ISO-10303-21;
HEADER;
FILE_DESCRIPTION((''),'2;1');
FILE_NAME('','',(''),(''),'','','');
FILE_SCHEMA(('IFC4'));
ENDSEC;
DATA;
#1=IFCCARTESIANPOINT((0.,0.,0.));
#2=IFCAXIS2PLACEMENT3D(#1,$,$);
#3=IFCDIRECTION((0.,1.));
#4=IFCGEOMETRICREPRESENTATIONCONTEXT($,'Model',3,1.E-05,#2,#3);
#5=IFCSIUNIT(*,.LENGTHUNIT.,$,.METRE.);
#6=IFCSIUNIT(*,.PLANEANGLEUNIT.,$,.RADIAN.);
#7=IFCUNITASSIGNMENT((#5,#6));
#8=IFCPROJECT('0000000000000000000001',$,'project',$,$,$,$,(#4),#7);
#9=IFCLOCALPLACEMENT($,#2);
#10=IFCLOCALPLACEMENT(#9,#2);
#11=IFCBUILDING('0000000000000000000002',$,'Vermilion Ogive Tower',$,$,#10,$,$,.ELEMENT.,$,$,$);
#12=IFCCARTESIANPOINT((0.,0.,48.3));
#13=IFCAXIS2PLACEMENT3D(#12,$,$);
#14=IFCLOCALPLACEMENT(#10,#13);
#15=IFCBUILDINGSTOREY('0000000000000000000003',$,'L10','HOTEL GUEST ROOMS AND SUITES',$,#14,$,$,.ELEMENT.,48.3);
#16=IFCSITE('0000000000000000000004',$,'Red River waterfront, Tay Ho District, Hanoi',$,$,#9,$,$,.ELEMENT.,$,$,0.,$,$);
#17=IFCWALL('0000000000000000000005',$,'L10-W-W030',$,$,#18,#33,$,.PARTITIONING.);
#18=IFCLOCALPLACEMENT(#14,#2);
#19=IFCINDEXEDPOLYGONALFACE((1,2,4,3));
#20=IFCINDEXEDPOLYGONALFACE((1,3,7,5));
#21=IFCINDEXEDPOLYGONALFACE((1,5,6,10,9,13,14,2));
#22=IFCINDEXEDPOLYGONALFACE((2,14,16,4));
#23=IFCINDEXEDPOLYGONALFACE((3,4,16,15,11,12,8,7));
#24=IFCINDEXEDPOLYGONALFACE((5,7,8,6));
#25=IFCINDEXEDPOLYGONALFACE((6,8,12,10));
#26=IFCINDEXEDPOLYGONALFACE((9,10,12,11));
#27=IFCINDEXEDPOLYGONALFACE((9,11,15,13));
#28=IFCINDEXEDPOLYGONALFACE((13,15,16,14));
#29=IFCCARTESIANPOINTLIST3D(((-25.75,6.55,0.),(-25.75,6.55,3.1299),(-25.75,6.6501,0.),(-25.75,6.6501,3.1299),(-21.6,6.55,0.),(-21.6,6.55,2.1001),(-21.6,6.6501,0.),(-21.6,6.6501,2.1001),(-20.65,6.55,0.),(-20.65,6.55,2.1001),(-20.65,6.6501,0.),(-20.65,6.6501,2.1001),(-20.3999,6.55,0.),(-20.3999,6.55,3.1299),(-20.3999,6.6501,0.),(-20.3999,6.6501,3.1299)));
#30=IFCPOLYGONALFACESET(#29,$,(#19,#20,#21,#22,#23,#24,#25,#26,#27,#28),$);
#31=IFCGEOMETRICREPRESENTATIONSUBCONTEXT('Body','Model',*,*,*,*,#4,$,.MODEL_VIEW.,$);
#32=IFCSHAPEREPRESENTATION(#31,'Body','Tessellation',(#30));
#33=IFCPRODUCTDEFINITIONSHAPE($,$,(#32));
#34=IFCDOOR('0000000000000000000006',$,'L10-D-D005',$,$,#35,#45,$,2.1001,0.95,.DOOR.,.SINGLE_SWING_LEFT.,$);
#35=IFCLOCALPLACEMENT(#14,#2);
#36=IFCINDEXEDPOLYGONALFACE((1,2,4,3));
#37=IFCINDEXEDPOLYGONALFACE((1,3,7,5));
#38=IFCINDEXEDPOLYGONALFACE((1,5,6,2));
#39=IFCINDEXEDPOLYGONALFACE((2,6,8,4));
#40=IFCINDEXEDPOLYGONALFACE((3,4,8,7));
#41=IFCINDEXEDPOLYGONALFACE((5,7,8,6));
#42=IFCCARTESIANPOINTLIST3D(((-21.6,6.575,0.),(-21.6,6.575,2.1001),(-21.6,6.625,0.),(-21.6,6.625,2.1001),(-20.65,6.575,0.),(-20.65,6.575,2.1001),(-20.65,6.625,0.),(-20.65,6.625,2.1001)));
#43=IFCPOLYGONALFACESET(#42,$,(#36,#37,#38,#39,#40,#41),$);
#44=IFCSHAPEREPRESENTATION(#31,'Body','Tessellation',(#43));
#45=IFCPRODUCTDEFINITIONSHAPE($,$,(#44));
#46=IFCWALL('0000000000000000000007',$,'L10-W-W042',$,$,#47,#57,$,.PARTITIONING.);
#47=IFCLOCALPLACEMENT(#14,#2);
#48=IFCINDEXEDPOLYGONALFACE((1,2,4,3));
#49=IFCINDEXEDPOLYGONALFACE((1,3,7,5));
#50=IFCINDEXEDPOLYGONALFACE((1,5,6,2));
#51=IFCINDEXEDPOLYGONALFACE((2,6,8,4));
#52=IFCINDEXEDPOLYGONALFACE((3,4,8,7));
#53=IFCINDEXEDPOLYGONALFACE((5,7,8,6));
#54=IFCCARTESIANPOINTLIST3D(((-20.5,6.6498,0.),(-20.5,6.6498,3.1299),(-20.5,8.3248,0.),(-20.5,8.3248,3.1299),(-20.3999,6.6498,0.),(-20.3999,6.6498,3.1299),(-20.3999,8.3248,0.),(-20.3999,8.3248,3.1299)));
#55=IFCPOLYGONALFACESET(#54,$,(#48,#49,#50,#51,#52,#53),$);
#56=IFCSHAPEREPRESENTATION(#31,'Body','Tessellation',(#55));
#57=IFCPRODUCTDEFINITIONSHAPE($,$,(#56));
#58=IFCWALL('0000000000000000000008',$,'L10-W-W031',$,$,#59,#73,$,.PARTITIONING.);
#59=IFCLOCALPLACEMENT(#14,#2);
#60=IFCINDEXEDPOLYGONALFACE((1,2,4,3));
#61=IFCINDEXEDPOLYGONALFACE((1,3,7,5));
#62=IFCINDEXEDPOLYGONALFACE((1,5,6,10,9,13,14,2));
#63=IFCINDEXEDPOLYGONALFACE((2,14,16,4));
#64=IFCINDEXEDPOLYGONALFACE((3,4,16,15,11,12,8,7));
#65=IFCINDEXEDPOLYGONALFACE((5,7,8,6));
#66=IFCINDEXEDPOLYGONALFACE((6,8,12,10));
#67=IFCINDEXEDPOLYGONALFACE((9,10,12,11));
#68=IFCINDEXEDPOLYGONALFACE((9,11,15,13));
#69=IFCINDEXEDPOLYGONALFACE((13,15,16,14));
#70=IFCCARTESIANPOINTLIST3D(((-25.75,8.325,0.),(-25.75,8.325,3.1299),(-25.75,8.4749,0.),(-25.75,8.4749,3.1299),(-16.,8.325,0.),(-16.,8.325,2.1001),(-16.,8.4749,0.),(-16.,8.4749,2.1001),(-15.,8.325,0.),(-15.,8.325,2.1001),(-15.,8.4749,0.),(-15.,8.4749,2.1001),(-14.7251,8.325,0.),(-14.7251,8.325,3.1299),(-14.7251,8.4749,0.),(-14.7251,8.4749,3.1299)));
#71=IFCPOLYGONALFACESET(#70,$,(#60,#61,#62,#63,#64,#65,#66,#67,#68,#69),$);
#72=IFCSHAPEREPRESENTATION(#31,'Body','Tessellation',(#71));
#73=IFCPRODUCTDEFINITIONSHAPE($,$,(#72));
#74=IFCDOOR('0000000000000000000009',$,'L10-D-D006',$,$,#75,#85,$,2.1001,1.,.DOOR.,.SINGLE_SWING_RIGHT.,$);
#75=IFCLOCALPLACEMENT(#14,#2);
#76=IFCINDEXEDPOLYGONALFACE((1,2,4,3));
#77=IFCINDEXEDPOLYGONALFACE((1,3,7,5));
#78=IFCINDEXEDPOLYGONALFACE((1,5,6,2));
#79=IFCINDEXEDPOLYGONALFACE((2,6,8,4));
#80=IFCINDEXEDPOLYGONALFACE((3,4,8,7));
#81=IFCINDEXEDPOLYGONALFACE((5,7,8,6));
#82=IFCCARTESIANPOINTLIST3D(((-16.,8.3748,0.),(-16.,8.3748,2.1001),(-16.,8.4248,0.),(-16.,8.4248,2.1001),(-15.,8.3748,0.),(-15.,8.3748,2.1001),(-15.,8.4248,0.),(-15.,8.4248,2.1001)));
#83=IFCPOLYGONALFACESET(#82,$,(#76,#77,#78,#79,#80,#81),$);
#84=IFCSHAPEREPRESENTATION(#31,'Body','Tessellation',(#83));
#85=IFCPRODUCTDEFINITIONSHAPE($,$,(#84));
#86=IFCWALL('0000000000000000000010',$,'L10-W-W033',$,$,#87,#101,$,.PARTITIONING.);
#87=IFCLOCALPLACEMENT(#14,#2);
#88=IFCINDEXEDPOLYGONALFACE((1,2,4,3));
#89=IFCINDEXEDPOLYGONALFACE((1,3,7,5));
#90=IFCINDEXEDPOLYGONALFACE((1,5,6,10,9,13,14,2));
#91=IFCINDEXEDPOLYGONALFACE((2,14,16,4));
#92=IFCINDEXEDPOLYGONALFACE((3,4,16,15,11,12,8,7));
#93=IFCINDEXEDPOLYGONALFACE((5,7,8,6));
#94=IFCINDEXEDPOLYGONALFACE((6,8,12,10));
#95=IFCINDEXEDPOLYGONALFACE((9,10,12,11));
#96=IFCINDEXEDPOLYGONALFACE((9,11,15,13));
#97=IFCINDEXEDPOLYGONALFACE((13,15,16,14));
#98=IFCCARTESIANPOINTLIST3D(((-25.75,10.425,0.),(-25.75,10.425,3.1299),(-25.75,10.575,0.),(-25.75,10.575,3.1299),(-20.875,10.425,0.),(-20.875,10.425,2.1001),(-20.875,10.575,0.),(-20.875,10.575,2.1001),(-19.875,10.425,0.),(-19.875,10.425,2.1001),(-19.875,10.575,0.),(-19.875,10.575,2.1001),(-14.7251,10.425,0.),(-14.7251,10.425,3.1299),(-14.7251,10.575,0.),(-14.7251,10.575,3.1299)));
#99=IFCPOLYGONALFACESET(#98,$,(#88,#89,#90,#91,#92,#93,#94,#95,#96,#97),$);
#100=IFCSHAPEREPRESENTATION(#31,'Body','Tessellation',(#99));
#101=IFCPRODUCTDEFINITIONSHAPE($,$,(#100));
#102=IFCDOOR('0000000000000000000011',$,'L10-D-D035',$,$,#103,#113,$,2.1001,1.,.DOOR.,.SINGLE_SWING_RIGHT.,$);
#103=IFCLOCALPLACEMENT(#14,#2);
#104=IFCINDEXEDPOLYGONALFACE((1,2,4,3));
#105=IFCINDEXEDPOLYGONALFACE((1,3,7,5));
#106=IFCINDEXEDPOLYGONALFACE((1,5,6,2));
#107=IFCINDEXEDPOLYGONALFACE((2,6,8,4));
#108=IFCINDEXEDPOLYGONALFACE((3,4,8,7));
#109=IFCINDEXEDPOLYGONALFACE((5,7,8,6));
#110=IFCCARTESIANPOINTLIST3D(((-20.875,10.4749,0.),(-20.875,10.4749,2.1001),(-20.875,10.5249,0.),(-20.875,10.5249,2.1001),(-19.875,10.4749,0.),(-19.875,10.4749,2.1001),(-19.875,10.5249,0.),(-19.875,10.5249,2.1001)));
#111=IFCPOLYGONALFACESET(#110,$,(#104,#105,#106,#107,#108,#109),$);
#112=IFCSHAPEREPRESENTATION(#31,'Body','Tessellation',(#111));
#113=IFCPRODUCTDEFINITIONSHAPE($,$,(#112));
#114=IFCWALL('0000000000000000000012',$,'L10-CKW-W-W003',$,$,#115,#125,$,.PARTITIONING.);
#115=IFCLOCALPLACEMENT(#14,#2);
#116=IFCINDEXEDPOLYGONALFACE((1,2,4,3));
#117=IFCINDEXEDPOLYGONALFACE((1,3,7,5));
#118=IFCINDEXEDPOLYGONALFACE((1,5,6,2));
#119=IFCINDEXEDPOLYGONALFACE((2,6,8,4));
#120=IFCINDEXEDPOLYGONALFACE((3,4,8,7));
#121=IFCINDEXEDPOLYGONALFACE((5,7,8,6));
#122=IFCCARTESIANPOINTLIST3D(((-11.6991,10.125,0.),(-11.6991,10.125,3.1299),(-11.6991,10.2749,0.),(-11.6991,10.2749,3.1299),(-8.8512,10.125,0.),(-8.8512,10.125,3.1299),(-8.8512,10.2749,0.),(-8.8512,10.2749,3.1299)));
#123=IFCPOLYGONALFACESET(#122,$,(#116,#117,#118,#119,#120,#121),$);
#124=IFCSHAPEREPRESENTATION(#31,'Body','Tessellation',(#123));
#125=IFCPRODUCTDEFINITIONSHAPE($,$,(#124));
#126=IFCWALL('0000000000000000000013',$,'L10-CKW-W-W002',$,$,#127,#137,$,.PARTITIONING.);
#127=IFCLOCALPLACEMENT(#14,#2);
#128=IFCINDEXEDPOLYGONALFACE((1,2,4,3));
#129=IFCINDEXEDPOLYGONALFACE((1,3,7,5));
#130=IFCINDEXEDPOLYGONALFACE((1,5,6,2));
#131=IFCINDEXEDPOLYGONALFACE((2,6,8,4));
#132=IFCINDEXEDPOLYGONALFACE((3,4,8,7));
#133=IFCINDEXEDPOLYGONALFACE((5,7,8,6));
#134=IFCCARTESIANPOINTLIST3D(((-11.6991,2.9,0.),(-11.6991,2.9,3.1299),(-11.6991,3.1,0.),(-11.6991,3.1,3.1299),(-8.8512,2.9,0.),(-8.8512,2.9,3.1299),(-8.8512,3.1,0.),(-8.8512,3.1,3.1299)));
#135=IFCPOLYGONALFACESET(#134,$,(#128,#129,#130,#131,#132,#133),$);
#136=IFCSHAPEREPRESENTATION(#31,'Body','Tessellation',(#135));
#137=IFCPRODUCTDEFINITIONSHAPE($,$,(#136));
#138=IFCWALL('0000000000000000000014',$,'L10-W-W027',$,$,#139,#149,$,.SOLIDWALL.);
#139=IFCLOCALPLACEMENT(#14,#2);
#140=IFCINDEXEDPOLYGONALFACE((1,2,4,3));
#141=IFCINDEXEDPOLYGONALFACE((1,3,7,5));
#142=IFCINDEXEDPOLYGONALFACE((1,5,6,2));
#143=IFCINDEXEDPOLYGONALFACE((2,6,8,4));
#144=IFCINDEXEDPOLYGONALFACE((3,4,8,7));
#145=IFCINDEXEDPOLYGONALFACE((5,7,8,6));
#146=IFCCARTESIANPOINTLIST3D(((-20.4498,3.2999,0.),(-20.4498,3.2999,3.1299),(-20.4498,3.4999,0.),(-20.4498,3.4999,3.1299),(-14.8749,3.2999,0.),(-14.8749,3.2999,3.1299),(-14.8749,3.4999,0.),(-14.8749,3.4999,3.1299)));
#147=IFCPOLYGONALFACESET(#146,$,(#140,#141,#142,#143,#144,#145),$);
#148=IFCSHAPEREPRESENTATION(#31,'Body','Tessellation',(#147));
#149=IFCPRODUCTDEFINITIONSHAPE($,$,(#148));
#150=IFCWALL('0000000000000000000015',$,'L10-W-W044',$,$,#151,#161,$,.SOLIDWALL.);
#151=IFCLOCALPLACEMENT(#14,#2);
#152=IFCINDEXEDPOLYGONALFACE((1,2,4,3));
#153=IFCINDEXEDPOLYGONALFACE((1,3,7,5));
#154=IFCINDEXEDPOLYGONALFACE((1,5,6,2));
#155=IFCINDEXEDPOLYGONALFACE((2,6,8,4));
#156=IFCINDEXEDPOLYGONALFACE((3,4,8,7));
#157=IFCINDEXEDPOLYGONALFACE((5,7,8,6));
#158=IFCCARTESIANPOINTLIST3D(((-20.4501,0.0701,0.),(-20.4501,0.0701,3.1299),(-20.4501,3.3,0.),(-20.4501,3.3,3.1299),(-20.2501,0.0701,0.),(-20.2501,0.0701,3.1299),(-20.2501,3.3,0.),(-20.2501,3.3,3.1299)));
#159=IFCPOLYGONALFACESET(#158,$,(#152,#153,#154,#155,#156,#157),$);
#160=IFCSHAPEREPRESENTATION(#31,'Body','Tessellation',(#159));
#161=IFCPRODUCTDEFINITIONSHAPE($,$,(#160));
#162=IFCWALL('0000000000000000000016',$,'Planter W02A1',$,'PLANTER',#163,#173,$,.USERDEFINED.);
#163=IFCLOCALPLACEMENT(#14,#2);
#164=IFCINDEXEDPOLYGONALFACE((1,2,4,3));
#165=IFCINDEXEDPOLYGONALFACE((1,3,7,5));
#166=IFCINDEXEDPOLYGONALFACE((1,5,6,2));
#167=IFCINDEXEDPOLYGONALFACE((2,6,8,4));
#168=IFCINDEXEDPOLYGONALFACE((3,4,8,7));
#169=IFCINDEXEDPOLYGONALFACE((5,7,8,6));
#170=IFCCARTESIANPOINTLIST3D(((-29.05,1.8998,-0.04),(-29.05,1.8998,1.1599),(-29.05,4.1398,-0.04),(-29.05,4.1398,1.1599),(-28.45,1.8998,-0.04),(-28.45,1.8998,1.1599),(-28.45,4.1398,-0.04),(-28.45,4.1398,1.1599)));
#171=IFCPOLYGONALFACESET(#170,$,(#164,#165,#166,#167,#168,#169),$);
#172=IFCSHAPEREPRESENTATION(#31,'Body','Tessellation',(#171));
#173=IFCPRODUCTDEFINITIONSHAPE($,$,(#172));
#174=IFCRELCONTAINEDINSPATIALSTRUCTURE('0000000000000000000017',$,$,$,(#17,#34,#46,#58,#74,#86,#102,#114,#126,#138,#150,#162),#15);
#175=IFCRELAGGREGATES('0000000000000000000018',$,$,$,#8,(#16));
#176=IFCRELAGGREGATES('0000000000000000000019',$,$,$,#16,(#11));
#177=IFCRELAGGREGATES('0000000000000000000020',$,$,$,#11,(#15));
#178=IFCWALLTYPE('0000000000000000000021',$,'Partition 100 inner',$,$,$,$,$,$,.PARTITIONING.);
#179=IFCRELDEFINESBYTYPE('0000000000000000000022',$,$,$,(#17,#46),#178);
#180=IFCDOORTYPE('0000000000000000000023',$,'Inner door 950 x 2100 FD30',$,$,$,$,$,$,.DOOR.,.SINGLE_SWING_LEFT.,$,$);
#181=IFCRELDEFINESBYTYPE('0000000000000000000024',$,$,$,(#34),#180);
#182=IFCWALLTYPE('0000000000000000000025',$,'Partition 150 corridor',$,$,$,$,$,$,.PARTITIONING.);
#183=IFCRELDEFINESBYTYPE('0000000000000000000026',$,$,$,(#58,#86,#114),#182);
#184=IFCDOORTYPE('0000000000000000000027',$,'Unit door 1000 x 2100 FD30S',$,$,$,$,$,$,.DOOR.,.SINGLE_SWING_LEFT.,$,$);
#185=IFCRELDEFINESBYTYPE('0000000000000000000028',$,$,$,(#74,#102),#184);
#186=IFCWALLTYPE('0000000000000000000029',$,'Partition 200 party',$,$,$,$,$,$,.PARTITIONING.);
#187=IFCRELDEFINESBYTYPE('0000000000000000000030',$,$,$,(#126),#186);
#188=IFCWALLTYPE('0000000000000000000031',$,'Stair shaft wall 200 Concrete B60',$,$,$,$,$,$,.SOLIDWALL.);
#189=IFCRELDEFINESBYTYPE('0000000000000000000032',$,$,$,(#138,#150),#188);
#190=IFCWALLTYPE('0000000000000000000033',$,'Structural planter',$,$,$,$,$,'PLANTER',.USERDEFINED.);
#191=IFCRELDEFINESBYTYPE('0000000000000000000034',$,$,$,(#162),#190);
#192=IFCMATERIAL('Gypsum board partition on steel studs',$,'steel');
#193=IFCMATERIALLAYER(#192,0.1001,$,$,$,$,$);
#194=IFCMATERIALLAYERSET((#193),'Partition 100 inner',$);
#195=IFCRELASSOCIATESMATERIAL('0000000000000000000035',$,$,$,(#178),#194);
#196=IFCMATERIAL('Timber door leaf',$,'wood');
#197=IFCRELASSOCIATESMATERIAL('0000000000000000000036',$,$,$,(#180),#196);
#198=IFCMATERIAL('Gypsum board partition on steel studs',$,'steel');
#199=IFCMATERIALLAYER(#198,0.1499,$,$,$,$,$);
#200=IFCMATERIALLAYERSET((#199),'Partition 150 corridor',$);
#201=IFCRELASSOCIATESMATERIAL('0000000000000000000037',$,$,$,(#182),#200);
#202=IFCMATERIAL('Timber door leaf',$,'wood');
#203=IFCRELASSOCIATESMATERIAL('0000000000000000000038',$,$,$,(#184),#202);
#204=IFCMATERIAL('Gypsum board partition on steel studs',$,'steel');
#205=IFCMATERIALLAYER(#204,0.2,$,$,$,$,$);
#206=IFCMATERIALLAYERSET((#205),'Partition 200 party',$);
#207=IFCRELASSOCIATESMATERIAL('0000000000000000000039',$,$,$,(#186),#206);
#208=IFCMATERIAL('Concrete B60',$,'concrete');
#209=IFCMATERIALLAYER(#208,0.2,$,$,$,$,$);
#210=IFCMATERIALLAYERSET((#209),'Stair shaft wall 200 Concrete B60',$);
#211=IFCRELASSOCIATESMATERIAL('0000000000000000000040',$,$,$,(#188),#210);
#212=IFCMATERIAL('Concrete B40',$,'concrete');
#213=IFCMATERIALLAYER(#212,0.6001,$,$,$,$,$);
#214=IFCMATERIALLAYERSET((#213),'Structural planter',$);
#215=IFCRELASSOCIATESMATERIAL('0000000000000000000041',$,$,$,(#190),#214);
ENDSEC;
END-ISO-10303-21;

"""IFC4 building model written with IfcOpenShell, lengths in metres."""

from ifc_helpers import new_model, si_unit, direction, frame, frame_2d, origin, place, context, subcontext, project, spatial, rectangle, extrude, material, layer, layer_set, type_object, element, fill, save


model = new_model("IFC4")

# Units and contexts
model_context = context("Model", 3, precision=1e-05, world=origin(), true_north=direction((0.0, 1.0)))
body_context = subcontext(model_context, "Body", "Model", "MODEL_VIEW")
ifc_project = project(units=[si_unit("LENGTHUNIT", "METRE"), si_unit("PLANEANGLEUNIT", "RADIAN")], contexts=[model_context])

# Site, building, storey
site_placement = place(None, origin())
site = spatial("IfcSite", under=ifc_project, at=site_placement, Name="Red River waterfront, Tay Ho District, Hanoi", CompositionType="ELEMENT", RefElevation=0.0)
building_placement = place(site_placement, origin())
building = spatial("IfcBuilding", under=site, at=building_placement, Name="Vermilion Ogive Tower", CompositionType="ELEMENT")
storey_placement = place(building_placement, frame((0.0, 0.0, 48.3)))
storey = spatial("IfcBuildingStorey", under=building, at=storey_placement, Name="L10", Description="HOTEL GUEST ROOMS AND SUITES", CompositionType="ELEMENT", Elevation=48.3)

# Wall, opening, door
ifc_material_1 = material(Name="Gypsum board partition on steel studs", Category="steel")
ifc_layer_1 = layer(ifc_material_1, 0.1001)
ifc_layer_set_1 = layer_set([ifc_layer_1], Name="Partition 100 inner")
wall_type_1 = type_object("IfcWallType", Name="Partition 100 inner", PredefinedType="PARTITIONING", material=ifc_layer_set_1)
ifc_material_2 = material(Name="Timber door leaf", Category="wood")
door_type_1 = type_object("IfcDoorType", Name="Inner door 950 x 2100 FD30", OperationType="SINGLE_SWING_LEFT", PredefinedType="DOOR", material=ifc_material_2)
wall_1_placement = place(storey_placement, frame((-25.75, 6.6001, 0.0), z_axis=(0.0, 0.0, 1.0), x_axis=(1.0, 0.0, 0.0)))
wall_1 = element("IfcWall", 1, at=wall_1_placement, inside=storey, type_object=wall_type_1, Name="L10-W-W030", PredefinedType="PARTITIONING", context=body_context, shape_type="SweptSolid", body=[
    extrude(rectangle(XDim=5.3501, YDim=0.1001, at=frame_2d((2.675, 0.0))), origin(), (0.0, 0.0, 1.0), 3.1299),
])
opening_1_placement = place(wall_1_placement, frame((4.1499, 0.0, 0.0)))
opening_1 = element("IfcOpeningElement", 2, at=opening_1_placement, cuts=wall_1, PredefinedType="OPENING", context=body_context, shape_type="SweptSolid", body=[
    extrude(rectangle(XDim=0.95, YDim=2.1001, at=frame_2d((0.4751, 1.05))), frame((0.0, 0.0601, 0.0), z_axis=(0.0, -1.0, 0.0), x_axis=(1.0, 0.0, 0.0)), (0.0, 0.0, 1.0), 0.1201),
])
door_1_placement = place(opening_1_placement, origin())
door_1 = element("IfcDoor", 3, at=door_1_placement, inside=storey, type_object=door_type_1, Name="L10-D-D005", OperationType="SINGLE_SWING_LEFT", OverallHeight=2.1001, OverallWidth=0.95, PredefinedType="DOOR", context=body_context, shape_type="SweptSolid", body=[
    extrude(rectangle(XDim=0.95, YDim=2.1001, at=frame_2d((0.4751, 1.05))), frame((0.0, 0.0249, 0.0), z_axis=(0.0, -1.0, 0.0), x_axis=(1.0, 0.0, 0.0)), (0.0, 0.0, 1.0), 0.05),
])
fill(opening_1, door_1)

# Wall
wall_2_placement = place(storey_placement, frame((-20.45, 6.6499, 0.0), z_axis=(0.0, 0.0, 1.0), x_axis=(0.0, 1.0, 0.0)))
element("IfcWall", 4, at=wall_2_placement, inside=storey, type_object=wall_type_1, Name="L10-W-W042", PredefinedType="PARTITIONING", context=body_context, shape_type="SweptSolid", body=[
    extrude(rectangle(XDim=1.675, YDim=0.1001, at=frame_2d((0.8374, 0.0))), origin(), (0.0, 0.0, 1.0), 3.1299),
])

# Walls, openings, doors
ifc_material_3 = material(Name="Gypsum board partition on steel studs", Category="steel")
ifc_layer_2 = layer(ifc_material_3, 0.1499)
ifc_layer_set_2 = layer_set([ifc_layer_2], Name="Partition 150 corridor")
wall_type_2 = type_object("IfcWallType", Name="Partition 150 corridor", PredefinedType="PARTITIONING", material=ifc_layer_set_2)
wall_3_placement = place(storey_placement, frame((-25.75, 8.3999, 0.0), z_axis=(0.0, 0.0, 1.0), x_axis=(1.0, 0.0, 0.0)))
wall_3 = element("IfcWall", 5, at=wall_3_placement, inside=storey, type_object=wall_type_2, Name="L10-W-W031", PredefinedType="PARTITIONING", context=body_context, shape_type="SweptSolid", body=[
    extrude(rectangle(XDim=11.0249, YDim=0.1499, at=frame_2d((5.5125, 0.0))), origin(), (0.0, 0.0, 1.0), 3.1299),
])
opening_2_placement = place(wall_3_placement, frame((9.75, 0.0, 0.0)))
opening_2 = element("IfcOpeningElement", 6, at=opening_2_placement, cuts=wall_3, PredefinedType="OPENING", context=body_context, shape_type="SweptSolid", body=[
    extrude(rectangle(XDim=1.0, YDim=2.1001, at=frame_2d((0.5, 1.05))), frame((0.0, 0.085, 0.0), z_axis=(0.0, -1.0, 0.0), x_axis=(1.0, 0.0, 0.0)), (0.0, 0.0, 1.0), 0.1699),
])
ifc_material_4 = material(Name="Timber door leaf", Category="wood")
door_type_2 = type_object("IfcDoorType", Name="Unit door 1000 x 2100 FD30S", OperationType="SINGLE_SWING_LEFT", PredefinedType="DOOR", material=ifc_material_4)
door_2_placement = place(opening_2_placement, origin())
door_2 = element("IfcDoor", 7, at=door_2_placement, inside=storey, type_object=door_type_2, Name="L10-D-D006", OperationType="SINGLE_SWING_RIGHT", OverallHeight=2.1001, OverallWidth=1.0, PredefinedType="DOOR", context=body_context, shape_type="SweptSolid", body=[
    extrude(rectangle(XDim=1.0, YDim=2.1001, at=frame_2d((0.5, 1.05))), frame((0.0, 0.0249, 0.0), z_axis=(0.0, -1.0, 0.0), x_axis=(1.0, 0.0, 0.0)), (0.0, 0.0, 1.0), 0.05),
])
fill(opening_2, door_2)
wall_4_placement = place(storey_placement, frame((-25.75, 10.5, 0.0), z_axis=(0.0, 0.0, 1.0), x_axis=(1.0, 0.0, 0.0)))
wall_4 = element("IfcWall", 8, at=wall_4_placement, inside=storey, type_object=wall_type_2, Name="L10-W-W033", PredefinedType="PARTITIONING", context=body_context, shape_type="SweptSolid", body=[
    extrude(rectangle(XDim=11.0249, YDim=0.1499, at=frame_2d((5.5125, 0.0))), origin(), (0.0, 0.0, 1.0), 3.1299),
])
opening_3_placement = place(wall_4_placement, frame((4.875, 0.0, 0.0)))
opening_3 = element("IfcOpeningElement", 9, at=opening_3_placement, cuts=wall_4, PredefinedType="OPENING", context=body_context, shape_type="SweptSolid", body=[
    extrude(rectangle(XDim=1.0, YDim=2.1001, at=frame_2d((0.5, 1.05))), frame((0.0, 0.085, 0.0), z_axis=(0.0, -1.0, 0.0), x_axis=(1.0, 0.0, 0.0)), (0.0, 0.0, 1.0), 0.1699),
])
door_3_placement = place(opening_3_placement, origin())
door_3 = element("IfcDoor", 10, at=door_3_placement, inside=storey, type_object=door_type_2, Name="L10-D-D035", OperationType="SINGLE_SWING_RIGHT", OverallHeight=2.1001, OverallWidth=1.0, PredefinedType="DOOR", context=body_context, shape_type="SweptSolid", body=[
    extrude(rectangle(XDim=1.0, YDim=2.1001, at=frame_2d((0.5, 1.05))), frame((0.0, 0.0249, 0.0), z_axis=(0.0, -1.0, 0.0), x_axis=(1.0, 0.0, 0.0)), (0.0, 0.0, 1.0), 0.05),
])
fill(opening_3, door_3)

# Walls
wall_5_placement = place(storey_placement, frame((-11.699, 10.2, 0.0), z_axis=(0.0, 0.0, 1.0), x_axis=(1.0, 0.0, 0.0)))
element("IfcWall", 11, at=wall_5_placement, inside=storey, type_object=wall_type_2, Name="L10-CKW-W-W003", PredefinedType="PARTITIONING", context=body_context, shape_type="SweptSolid", body=[
    extrude(rectangle(XDim=2.8479, YDim=0.1499, at=frame_2d((1.4238, 0.0))), origin(), (0.0, 0.0, 1.0), 3.1299),
])
ifc_material_5 = material(Name="Gypsum board partition on steel studs", Category="steel")
ifc_layer_3 = layer(ifc_material_5, 0.2)
ifc_layer_set_3 = layer_set([ifc_layer_3], Name="Partition 200 party")
wall_type_3 = type_object("IfcWallType", Name="Partition 200 party", PredefinedType="PARTITIONING", material=ifc_layer_set_3)
wall_6_placement = place(storey_placement, frame((-11.699, 3.0, 0.0), z_axis=(0.0, 0.0, 1.0), x_axis=(1.0, 0.0, 0.0)))
element("IfcWall", 12, at=wall_6_placement, inside=storey, type_object=wall_type_3, Name="L10-CKW-W-W002", PredefinedType="PARTITIONING", context=body_context, shape_type="SweptSolid", body=[
    extrude(rectangle(XDim=2.8479, YDim=0.2, at=frame_2d((1.4238, 0.0))), origin(), (0.0, 0.0, 1.0), 3.1299),
])
ifc_material_6 = material(Name="Concrete B60", Category="concrete")
ifc_layer_4 = layer(ifc_material_6, 0.2)
ifc_layer_set_4 = layer_set([ifc_layer_4], Name="Stair shaft wall 200 Concrete B60")
wall_type_4 = type_object("IfcWallType", Name="Stair shaft wall 200 Concrete B60", PredefinedType="SOLIDWALL", material=ifc_layer_set_4)
wall_7_placement = place(storey_placement, frame((-20.45, 3.3999, 0.0), z_axis=(0.0, 0.0, 1.0), x_axis=(1.0, 0.0, 0.0)))
element("IfcWall", 13, at=wall_7_placement, inside=storey, type_object=wall_type_4, Name="L10-W-W027", PredefinedType="SOLIDWALL", context=body_context, shape_type="SweptSolid", body=[
    extrude(rectangle(XDim=5.575, YDim=0.2, at=frame_2d((2.7876, 0.0))), origin(), (0.0, 0.0, 1.0), 3.1299),
])
wall_8_placement = place(storey_placement, frame((-20.3501, 0.0701, 0.0), z_axis=(0.0, 0.0, 1.0), x_axis=(0.0, 1.0, 0.0)))
element("IfcWall", 14, at=wall_8_placement, inside=storey, type_object=wall_type_4, Name="L10-W-W044", PredefinedType="SOLIDWALL", context=body_context, shape_type="SweptSolid", body=[
    extrude(rectangle(XDim=3.23, YDim=0.2, at=frame_2d((1.615, 0.0))), origin(), (0.0, 0.0, 1.0), 3.1299),
])
ifc_material_7 = material(Name="Concrete B40", Category="concrete")
ifc_layer_5 = layer(ifc_material_7, 0.6001)
ifc_layer_set_5 = layer_set([ifc_layer_5], Name="Structural planter")
wall_type_5 = type_object("IfcWallType", Name="Structural planter", ElementType="PLANTER", PredefinedType="USERDEFINED", material=ifc_layer_set_5)
wall_9_placement = place(storey_placement, frame((-28.75, 4.1399, -0.04), z_axis=(0.0, 0.0, 1.0), x_axis=(0.0, -1.0, 0.0)))
element("IfcWall", 15, at=wall_9_placement, inside=storey, type_object=wall_type_5, Name="Planter W02A1", ObjectType="PLANTER", PredefinedType="USERDEFINED", context=body_context, shape_type="SweptSolid", body=[
    extrude(rectangle(XDim=2.24, YDim=0.6001, at=frame_2d((1.1201, 0.0))), origin(), (0.0, 0.0, 1.0), 1.2),
])

save(model, "model.ifc")
